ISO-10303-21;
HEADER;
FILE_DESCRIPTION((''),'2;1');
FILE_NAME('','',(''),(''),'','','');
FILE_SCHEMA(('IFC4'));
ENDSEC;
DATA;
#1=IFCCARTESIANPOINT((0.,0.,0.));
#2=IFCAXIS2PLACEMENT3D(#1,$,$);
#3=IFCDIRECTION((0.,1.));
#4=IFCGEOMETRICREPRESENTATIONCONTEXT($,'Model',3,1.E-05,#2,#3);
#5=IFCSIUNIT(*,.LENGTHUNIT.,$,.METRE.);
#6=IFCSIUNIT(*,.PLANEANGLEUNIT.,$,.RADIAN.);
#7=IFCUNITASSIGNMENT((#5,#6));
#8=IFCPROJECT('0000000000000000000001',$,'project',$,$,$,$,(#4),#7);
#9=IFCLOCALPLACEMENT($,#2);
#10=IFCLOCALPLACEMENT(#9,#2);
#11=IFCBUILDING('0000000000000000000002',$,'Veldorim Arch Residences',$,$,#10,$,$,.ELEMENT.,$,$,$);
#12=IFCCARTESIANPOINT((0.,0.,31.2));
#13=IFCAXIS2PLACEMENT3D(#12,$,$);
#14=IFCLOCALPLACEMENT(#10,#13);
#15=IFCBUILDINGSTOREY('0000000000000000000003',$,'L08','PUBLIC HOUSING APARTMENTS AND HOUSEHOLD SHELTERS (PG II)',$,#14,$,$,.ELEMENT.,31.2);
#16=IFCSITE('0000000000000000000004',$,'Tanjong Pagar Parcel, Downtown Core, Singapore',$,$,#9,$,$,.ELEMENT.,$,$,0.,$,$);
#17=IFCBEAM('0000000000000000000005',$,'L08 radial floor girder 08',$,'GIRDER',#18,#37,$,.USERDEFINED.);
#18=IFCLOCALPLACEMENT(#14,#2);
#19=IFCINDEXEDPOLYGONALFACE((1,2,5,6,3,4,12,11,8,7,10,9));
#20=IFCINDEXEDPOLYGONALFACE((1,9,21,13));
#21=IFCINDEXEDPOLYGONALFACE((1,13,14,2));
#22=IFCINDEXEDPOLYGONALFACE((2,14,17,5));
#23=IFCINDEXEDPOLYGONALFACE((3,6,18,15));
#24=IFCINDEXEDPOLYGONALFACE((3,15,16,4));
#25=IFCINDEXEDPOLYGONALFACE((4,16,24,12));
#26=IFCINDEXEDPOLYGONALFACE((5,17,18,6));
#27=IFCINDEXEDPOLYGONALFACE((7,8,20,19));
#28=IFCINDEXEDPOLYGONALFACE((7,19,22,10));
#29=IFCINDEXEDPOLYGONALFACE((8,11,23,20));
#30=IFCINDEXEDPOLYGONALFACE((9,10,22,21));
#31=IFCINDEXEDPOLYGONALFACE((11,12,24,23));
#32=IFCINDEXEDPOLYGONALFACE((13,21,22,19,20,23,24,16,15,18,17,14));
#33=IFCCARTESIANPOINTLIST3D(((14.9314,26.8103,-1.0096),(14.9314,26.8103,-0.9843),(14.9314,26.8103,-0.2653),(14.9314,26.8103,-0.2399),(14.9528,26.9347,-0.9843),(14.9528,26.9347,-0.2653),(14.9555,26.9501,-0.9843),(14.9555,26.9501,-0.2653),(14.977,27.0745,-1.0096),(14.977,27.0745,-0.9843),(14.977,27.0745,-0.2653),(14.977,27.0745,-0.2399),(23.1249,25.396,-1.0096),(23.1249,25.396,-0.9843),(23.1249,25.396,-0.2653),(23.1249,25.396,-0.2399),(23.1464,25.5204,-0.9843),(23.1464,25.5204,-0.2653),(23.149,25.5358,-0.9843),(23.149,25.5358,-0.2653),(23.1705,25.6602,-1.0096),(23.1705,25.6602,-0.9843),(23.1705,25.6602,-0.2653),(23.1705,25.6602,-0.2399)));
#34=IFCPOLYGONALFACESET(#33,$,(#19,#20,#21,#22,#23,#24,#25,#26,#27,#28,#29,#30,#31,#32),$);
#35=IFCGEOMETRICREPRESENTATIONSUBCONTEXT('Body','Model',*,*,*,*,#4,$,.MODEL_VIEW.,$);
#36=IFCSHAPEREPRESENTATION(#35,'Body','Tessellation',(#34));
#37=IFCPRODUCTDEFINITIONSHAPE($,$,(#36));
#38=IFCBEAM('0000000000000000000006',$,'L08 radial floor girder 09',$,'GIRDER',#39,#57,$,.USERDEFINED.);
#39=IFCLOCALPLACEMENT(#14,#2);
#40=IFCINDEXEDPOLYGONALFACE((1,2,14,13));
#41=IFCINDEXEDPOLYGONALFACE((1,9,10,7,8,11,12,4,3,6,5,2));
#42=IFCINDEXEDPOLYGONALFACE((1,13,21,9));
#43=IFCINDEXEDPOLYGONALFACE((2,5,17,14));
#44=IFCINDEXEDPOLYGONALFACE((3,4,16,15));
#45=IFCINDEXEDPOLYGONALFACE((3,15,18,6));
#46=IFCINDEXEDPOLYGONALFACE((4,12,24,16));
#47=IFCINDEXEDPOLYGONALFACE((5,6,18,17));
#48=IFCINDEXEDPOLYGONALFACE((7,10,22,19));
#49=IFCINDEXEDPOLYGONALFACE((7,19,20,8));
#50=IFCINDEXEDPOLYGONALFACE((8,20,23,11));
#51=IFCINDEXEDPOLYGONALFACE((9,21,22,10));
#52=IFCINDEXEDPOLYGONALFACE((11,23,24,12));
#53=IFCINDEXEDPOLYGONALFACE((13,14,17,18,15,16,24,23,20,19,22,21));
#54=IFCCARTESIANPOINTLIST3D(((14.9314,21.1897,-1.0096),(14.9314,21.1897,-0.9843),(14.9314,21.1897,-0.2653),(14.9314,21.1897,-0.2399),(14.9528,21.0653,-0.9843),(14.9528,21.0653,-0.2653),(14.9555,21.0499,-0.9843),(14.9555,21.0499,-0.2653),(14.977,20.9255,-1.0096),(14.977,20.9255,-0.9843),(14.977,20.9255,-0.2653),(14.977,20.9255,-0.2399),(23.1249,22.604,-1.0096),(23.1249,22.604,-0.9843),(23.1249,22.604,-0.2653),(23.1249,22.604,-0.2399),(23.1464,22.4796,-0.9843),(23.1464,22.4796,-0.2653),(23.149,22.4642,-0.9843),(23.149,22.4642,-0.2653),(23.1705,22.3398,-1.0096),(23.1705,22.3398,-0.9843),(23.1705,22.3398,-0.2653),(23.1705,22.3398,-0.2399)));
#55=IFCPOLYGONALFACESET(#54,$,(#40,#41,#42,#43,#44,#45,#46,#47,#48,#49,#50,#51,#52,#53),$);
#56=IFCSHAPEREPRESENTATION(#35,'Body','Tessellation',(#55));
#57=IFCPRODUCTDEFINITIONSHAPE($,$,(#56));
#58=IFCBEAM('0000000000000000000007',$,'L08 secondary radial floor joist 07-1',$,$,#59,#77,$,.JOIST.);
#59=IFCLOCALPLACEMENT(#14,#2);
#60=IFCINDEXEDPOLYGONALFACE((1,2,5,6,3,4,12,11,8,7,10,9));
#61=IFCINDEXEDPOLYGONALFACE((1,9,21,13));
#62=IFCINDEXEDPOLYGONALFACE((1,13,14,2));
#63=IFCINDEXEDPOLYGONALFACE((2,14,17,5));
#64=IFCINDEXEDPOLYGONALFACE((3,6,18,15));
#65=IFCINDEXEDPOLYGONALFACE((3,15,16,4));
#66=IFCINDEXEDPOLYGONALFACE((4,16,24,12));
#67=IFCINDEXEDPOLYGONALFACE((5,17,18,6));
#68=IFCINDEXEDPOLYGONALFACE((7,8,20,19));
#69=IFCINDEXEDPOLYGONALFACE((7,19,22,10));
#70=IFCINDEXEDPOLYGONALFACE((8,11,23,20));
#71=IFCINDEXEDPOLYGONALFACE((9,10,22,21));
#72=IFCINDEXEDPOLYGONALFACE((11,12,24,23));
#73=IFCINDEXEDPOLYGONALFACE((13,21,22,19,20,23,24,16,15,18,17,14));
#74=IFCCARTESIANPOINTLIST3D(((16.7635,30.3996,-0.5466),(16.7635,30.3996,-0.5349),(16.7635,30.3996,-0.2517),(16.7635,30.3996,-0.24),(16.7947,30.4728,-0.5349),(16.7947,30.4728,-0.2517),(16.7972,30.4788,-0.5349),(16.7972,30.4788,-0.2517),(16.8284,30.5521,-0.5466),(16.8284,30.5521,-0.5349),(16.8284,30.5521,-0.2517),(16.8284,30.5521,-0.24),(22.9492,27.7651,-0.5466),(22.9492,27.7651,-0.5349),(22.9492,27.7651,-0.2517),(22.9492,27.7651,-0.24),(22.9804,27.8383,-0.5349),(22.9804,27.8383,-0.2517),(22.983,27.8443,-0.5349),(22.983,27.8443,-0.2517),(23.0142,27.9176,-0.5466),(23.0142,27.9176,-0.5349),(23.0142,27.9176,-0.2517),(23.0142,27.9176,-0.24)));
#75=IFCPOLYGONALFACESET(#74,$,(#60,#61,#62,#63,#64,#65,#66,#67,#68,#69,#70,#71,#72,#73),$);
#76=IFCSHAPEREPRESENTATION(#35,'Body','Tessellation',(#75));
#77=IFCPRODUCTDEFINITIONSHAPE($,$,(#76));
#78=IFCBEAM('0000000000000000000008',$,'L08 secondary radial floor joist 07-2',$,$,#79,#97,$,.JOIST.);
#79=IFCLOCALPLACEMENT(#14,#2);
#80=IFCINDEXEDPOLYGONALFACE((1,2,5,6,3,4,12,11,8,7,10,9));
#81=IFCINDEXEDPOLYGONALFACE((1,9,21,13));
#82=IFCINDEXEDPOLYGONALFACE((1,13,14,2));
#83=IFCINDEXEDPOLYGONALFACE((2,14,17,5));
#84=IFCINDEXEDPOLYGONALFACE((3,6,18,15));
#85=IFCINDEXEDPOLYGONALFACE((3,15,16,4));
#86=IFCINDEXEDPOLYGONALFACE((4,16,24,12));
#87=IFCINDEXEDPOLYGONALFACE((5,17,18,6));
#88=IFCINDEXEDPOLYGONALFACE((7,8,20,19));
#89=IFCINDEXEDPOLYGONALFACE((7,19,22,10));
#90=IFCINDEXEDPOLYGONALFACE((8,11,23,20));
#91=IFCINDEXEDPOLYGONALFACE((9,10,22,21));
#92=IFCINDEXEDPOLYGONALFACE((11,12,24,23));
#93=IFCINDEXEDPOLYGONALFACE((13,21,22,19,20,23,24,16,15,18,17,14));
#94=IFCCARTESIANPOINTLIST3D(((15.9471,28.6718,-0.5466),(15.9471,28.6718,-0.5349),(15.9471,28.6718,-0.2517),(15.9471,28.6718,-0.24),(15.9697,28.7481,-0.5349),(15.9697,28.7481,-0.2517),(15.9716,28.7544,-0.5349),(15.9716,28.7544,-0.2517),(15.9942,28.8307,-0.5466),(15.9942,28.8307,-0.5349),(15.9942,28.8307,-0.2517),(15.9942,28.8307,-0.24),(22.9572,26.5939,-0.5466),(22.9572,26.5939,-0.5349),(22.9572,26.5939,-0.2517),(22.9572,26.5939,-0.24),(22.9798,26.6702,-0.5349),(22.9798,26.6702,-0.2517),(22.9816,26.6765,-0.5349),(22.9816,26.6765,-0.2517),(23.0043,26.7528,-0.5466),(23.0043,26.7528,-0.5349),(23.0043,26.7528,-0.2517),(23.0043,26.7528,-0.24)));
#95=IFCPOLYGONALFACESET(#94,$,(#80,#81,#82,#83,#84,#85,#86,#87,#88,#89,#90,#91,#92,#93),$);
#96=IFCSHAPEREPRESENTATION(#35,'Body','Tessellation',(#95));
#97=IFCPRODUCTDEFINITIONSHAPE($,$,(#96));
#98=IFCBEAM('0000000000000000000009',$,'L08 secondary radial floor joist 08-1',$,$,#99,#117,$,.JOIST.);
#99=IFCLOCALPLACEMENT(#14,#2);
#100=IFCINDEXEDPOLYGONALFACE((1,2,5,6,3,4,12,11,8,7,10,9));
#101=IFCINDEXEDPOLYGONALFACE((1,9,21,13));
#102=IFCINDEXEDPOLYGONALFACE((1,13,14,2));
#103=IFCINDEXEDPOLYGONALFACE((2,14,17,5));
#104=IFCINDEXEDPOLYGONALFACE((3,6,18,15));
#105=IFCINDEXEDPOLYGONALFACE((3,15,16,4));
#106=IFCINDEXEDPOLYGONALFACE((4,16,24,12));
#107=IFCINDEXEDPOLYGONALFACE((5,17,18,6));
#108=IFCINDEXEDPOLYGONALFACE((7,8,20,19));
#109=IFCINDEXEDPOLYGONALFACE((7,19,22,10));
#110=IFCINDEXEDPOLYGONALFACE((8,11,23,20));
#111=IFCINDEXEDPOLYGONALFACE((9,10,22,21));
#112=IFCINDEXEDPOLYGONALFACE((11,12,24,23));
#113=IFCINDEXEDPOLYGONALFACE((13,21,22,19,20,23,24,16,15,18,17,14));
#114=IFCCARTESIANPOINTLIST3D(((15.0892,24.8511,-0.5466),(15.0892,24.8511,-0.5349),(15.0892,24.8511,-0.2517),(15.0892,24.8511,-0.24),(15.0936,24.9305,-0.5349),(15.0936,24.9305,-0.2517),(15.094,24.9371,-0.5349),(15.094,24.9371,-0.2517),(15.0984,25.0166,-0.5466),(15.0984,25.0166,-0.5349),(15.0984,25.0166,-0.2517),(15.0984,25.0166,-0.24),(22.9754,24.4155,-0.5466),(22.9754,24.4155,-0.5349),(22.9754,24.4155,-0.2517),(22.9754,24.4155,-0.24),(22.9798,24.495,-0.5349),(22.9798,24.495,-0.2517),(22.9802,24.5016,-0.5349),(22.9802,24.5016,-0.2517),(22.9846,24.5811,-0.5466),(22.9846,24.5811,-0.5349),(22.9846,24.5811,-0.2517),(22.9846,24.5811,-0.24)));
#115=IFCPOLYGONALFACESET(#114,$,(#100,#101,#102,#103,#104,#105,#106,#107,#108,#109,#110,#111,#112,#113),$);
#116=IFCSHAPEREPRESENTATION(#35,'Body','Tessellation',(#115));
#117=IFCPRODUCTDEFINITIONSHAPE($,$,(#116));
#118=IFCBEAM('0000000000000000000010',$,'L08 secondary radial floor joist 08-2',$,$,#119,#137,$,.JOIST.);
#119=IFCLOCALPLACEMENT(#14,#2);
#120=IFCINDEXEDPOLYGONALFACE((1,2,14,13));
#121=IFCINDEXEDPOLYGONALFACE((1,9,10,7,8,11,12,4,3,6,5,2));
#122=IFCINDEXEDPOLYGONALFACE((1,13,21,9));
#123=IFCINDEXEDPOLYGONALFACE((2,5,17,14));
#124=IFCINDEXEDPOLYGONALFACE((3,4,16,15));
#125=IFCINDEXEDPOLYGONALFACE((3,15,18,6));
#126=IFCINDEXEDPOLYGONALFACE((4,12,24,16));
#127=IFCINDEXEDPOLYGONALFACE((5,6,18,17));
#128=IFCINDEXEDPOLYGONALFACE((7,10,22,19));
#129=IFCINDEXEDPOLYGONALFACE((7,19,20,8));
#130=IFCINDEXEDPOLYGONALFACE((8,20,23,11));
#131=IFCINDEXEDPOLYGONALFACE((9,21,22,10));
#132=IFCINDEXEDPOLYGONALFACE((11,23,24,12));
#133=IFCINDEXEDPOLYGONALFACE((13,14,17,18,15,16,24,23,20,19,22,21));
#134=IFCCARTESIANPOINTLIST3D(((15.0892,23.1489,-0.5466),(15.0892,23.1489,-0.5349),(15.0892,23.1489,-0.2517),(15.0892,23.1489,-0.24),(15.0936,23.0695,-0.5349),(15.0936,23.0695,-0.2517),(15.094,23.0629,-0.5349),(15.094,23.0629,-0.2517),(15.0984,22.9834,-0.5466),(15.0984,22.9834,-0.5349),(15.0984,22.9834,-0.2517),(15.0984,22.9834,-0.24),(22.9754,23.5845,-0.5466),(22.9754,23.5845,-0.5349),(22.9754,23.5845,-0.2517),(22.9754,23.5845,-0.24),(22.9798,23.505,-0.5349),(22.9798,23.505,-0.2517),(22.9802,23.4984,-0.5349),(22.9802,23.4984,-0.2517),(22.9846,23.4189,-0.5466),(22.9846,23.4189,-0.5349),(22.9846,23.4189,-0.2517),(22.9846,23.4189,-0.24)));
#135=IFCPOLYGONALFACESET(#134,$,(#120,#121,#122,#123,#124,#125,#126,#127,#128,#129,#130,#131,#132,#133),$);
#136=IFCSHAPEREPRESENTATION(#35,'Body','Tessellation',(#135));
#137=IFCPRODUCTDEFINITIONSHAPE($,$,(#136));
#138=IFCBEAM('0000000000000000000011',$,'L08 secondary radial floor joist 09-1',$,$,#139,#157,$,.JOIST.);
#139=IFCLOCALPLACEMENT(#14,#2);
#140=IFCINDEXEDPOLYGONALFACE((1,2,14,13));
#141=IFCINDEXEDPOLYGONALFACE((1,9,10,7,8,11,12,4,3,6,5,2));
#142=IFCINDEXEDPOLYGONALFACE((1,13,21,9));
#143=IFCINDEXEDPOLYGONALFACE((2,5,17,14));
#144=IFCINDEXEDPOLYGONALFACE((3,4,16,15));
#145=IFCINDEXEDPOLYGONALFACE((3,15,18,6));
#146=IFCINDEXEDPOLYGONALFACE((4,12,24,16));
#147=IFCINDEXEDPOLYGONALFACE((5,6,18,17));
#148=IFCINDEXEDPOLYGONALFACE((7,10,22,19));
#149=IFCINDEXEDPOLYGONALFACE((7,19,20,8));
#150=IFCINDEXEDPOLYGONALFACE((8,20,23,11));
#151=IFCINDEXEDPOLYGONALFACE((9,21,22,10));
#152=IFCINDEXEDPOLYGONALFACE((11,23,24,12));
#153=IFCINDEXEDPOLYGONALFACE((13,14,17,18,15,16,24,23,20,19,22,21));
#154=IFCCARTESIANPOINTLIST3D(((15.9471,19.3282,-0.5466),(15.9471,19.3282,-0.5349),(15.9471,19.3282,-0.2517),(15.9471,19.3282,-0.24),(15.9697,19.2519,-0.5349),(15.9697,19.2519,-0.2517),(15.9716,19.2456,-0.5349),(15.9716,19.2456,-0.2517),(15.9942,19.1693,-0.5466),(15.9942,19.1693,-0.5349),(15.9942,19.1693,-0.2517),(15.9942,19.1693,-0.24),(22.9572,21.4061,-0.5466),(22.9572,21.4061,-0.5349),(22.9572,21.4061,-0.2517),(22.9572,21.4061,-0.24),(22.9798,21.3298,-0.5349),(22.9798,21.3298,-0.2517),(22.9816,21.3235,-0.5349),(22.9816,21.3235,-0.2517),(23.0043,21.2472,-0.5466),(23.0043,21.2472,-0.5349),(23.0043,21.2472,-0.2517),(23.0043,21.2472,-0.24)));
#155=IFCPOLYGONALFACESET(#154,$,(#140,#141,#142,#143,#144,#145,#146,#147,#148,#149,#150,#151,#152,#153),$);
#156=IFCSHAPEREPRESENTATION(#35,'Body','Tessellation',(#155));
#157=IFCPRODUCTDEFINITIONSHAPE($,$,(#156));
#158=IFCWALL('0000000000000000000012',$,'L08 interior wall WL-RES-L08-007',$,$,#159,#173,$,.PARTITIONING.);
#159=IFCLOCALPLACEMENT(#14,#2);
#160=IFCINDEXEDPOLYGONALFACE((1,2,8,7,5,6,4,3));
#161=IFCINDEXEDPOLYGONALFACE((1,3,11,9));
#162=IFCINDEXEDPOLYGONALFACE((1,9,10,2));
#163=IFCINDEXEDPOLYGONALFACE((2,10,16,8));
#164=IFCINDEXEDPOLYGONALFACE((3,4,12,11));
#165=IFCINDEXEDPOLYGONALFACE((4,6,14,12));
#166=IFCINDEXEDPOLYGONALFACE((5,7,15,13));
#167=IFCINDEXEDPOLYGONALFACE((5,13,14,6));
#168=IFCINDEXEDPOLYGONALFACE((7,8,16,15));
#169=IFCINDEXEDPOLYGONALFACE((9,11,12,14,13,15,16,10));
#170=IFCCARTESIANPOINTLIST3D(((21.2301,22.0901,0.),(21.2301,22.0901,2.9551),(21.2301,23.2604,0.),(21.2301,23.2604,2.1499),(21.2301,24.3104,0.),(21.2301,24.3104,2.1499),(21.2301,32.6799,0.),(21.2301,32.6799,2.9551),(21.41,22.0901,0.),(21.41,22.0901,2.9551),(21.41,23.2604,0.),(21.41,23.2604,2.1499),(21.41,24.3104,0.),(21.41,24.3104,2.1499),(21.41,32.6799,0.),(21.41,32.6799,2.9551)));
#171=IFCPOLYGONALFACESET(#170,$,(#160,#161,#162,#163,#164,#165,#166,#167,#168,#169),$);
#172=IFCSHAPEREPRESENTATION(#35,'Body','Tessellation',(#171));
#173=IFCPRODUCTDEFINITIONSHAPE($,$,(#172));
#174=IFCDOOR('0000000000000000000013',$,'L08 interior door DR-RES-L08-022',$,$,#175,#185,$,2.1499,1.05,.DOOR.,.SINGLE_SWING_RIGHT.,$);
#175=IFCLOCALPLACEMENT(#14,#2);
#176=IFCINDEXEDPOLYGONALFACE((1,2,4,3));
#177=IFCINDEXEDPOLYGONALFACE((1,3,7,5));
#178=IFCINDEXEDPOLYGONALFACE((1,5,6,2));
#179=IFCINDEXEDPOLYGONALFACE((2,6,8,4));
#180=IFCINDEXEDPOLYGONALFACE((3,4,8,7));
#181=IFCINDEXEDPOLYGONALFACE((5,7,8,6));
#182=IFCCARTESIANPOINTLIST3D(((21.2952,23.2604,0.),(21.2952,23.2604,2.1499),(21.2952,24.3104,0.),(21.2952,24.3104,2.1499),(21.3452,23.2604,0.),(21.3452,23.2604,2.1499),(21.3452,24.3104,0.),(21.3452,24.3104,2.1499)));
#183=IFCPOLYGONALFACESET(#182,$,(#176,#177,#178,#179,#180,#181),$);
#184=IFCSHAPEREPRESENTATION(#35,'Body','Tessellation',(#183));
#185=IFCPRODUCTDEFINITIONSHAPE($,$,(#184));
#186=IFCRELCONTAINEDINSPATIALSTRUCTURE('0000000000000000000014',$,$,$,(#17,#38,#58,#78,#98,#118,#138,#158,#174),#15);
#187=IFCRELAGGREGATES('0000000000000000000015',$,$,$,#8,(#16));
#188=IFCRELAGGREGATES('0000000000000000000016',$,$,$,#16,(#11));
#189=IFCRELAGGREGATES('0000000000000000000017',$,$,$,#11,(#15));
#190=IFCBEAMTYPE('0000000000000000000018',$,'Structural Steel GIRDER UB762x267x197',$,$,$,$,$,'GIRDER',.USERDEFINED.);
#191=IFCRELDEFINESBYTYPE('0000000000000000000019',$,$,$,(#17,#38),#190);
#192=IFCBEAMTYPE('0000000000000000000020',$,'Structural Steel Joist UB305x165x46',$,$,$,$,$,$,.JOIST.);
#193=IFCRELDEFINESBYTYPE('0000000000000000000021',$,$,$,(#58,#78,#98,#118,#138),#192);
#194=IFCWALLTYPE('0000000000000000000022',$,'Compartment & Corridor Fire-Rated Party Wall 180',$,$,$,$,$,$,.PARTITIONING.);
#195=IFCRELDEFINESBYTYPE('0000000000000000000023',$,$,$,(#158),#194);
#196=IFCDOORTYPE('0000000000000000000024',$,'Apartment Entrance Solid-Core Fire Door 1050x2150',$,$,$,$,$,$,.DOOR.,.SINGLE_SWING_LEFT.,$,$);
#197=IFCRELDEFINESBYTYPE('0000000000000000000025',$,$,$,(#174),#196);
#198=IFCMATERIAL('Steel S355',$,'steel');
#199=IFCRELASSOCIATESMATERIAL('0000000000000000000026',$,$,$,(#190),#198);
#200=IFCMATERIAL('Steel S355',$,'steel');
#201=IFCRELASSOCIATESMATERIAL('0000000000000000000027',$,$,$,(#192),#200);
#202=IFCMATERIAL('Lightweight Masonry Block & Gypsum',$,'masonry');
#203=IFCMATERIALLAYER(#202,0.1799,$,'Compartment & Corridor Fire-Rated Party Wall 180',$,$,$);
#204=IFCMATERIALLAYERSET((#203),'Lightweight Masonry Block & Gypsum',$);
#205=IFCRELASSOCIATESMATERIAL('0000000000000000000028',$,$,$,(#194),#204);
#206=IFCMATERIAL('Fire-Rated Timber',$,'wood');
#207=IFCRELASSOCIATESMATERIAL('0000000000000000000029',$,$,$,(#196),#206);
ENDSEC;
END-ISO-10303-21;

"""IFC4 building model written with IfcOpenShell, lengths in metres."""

from ifc_helpers import new_model, si_unit, direction, frame, frame_2d, origin, origin_2d, place, context, subcontext, project, spatial, rectangle, i_section, extrude, material, layer, layer_set, material_profile, profile_set, type_object, element, fill, save


model = new_model("IFC4")

# Units and contexts
model_context = context("Model", 3, precision=1e-05, world=origin(), true_north=direction((0.0, 1.0)))
body_context = subcontext(model_context, "Body", "Model", "MODEL_VIEW")
ifc_project = project(units=[si_unit("LENGTHUNIT", "METRE"), si_unit("PLANEANGLEUNIT", "RADIAN")], contexts=[model_context])

# Site, building, storey
site_placement = place(None, origin())
site = spatial("IfcSite", under=ifc_project, at=site_placement, Name="Tanjong Pagar Parcel, Downtown Core, Singapore", CompositionType="ELEMENT", RefElevation=0.0)
building_placement = place(site_placement, origin())
building = spatial("IfcBuilding", under=site, at=building_placement, Name="Veldorim Arch Residences", CompositionType="ELEMENT")
storey_placement = place(building_placement, frame((0.0, 0.0, 31.2)))
storey = spatial("IfcBuildingStorey", under=building, at=storey_placement, Name="L08", Description="PUBLIC HOUSING APARTMENTS AND HOUSEHOLD SHELTERS (PG II)", CompositionType="ELEMENT", Elevation=31.2)

# Beams
ifc_material_1 = material(Name="Steel S355", Category="steel")
ifc_material_profile_1 = material_profile(ifc_material_1, i_section(OverallWidth=0.2681, OverallDepth=0.7698, WebThickness=0.0156, FlangeThickness=0.0254, at=origin_2d()), Name="UB762x267x197")
ifc_profile_set_1 = profile_set([ifc_material_profile_1], Name="Steel S355")
beam_type_1 = type_object("IfcBeamType", Name="Structural Steel GIRDER UB762x267x197", ElementType="GIRDER", PredefinedType="USERDEFINED", material=ifc_profile_set_1)
for number, where, z_axis, x_axis, name in (
    (1, (23.1477, 25.5281, -0.6248), (-0.985428, 0.170096, 0.0), (-0.170096, -0.985428, 0.0), "L08 radial floor girder 08"),
    (2, (23.1477, 22.4719, -0.6248), (-0.985428, -0.170096, 0.0), (0.170096, -0.985428, 0.0), "L08 radial floor girder 09"),
):
    element("IfcBeam", number, at=place(storey_placement, frame(where, z_axis=z_axis, x_axis=x_axis)), inside=storey, type_object=beam_type_1, Name=name, ObjectType="GIRDER", PredefinedType="USERDEFINED", context=body_context, shape_type="SweptSolid", body=[
        extrude(i_section(OverallWidth=0.2681, OverallDepth=0.7698, WebThickness=0.0156, FlangeThickness=0.0254, at=origin_2d()), origin(), (0.0, 0.0, 1.0), 8.3147),
    ])
ifc_material_2 = material(Name="Steel S355", Category="steel")
ifc_material_profile_2 = material_profile(ifc_material_2, i_section(OverallWidth=0.1658, OverallDepth=0.3066, WebThickness=0.0066, FlangeThickness=0.0117, at=origin_2d()), Name="UB305x165x46")
ifc_profile_set_2 = profile_set([ifc_material_profile_2], Name="Steel S355")
beam_type_2 = type_object("IfcBeamType", Name="Structural Steel Joist UB305x165x46", PredefinedType="JOIST", material=ifc_profile_set_2)
beam_1_placement = place(storey_placement, frame((22.9817, 27.8413, -0.3933), z_axis=(-0.920033, 0.391841, 0.0), x_axis=(-0.391841, -0.920033, 0.0)))
element("IfcBeam", 3, at=beam_1_placement, inside=storey, type_object=beam_type_2, Name="L08 secondary radial floor joist 07-1", PredefinedType="JOIST", context=body_context, shape_type="SweptSolid", body=[
    extrude(i_section(OverallWidth=0.1658, OverallDepth=0.3066, WebThickness=0.0066, FlangeThickness=0.0117, at=origin_2d()), origin(), (0.0, 0.0, 1.0), 6.7234),
])
beam_2_placement = place(storey_placement, frame((22.9807, 26.6733, -0.3933), z_axis=(-0.958767, 0.284194, 0.0), x_axis=(-0.284194, -0.958767, 0.0)))
element("IfcBeam", 4, at=beam_2_placement, inside=storey, type_object=beam_type_2, Name="L08 secondary radial floor joist 07-2", PredefinedType="JOIST", context=body_context, shape_type="SweptSolid", body=[
    extrude(i_section(OverallWidth=0.1658, OverallDepth=0.3066, WebThickness=0.0066, FlangeThickness=0.0117, at=origin_2d()), origin(), (0.0, 0.0, 1.0), 7.3115),
])
for number, where, z_axis, x_axis, name in (
    (5, (22.98, 24.4983, -0.3933), (-0.998478, 0.055145, 0.0), (-0.055145, -0.998478, 0.0), "L08 secondary radial floor joist 08-1"),
    (6, (22.98, 23.5017, -0.3933), (-0.998478, -0.055145, 0.0), (0.055145, -0.998478, 0.0), "L08 secondary radial floor joist 08-2"),
):
    element("IfcBeam", number, at=place(storey_placement, frame(where, z_axis=z_axis, x_axis=x_axis)), inside=storey, type_object=beam_type_2, Name=name, PredefinedType="JOIST", context=body_context, shape_type="SweptSolid", body=[
        extrude(i_section(OverallWidth=0.1658, OverallDepth=0.3066, WebThickness=0.0066, FlangeThickness=0.0117, at=origin_2d()), origin(), (0.0, 0.0, 1.0), 7.8982),
    ])
beam_3_placement = place(storey_placement, frame((22.9807, 21.3267, -0.3933), z_axis=(-0.958767, -0.284194, 0.0), x_axis=(0.284194, -0.958767, 0.0)))
element("IfcBeam", 7, at=beam_3_placement, inside=storey, type_object=beam_type_2, Name="L08 secondary radial floor joist 09-1", PredefinedType="JOIST", context=body_context, shape_type="SweptSolid", body=[
    extrude(i_section(OverallWidth=0.1658, OverallDepth=0.3066, WebThickness=0.0066, FlangeThickness=0.0117, at=origin_2d()), origin(), (0.0, 0.0, 1.0), 7.3115),
])

# Wall, opening, door
ifc_material_3 = material(Name="Lightweight Masonry Block & Gypsum", Category="masonry")
ifc_layer_1 = layer(ifc_material_3, 0.1799, Name="Compartment & Corridor Fire-Rated Party Wall 180")
ifc_layer_set_1 = layer_set([ifc_layer_1], Name="Lightweight Masonry Block & Gypsum")
wall_type_1 = type_object("IfcWallType", Name="Compartment & Corridor Fire-Rated Party Wall 180", PredefinedType="PARTITIONING", material=ifc_layer_set_1)
wall_1_placement = place(storey_placement, frame((21.3201, 22.0901, 0.0), z_axis=(0.0, 0.0, 1.0), x_axis=(0.0, 1.0, 0.0)))
wall_1 = element("IfcWall", 8, at=wall_1_placement, inside=storey, type_object=wall_type_1, Name="L08 interior wall WL-RES-L08-007", PredefinedType="PARTITIONING", context=body_context, shape_type="SweptSolid", body=[
    extrude(rectangle(XDim=10.5898, YDim=0.1799, at=frame_2d((5.2949, 0.0))), origin(), (0.0, 0.0, 1.0), 2.9551),
])
opening_1_placement = place(wall_1_placement, frame((1.1704, 0.0, 0.0)))
opening_1 = element("IfcOpeningElement", 9, at=opening_1_placement, cuts=wall_1, PredefinedType="OPENING", context=body_context, shape_type="SweptSolid", body=[
    extrude(rectangle(XDim=1.05, YDim=2.1499, at=frame_2d((0.5249, 1.075))), frame((0.0, 0.0999, 0.0), z_axis=(0.0, -1.0, 0.0), x_axis=(1.0, 0.0, 0.0)), (0.0, 0.0, 1.0), 0.2),
])
ifc_material_4 = material(Name="Fire-Rated Timber", Category="wood")
door_type_1 = type_object("IfcDoorType", Name="Apartment Entrance Solid-Core Fire Door 1050x2150", OperationType="SINGLE_SWING_LEFT", PredefinedType="DOOR", material=ifc_material_4)
door_1_placement = place(opening_1_placement, origin())
door_1 = element("IfcDoor", 10, at=door_1_placement, inside=storey, type_object=door_type_1, Name="L08 interior door DR-RES-L08-022", OperationType="SINGLE_SWING_RIGHT", OverallHeight=2.1499, OverallWidth=1.05, PredefinedType="DOOR", context=body_context, shape_type="SweptSolid", body=[
    extrude(rectangle(XDim=1.05, YDim=2.1499, at=frame_2d((0.5249, 1.075))), frame((0.0, 0.0249, 0.0), z_axis=(0.0, -1.0, 0.0), x_axis=(1.0, 0.0, 0.0)), (0.0, 0.0, 1.0), 0.05),
])
fill(opening_1, door_1)

save(model, "model.ifc")
